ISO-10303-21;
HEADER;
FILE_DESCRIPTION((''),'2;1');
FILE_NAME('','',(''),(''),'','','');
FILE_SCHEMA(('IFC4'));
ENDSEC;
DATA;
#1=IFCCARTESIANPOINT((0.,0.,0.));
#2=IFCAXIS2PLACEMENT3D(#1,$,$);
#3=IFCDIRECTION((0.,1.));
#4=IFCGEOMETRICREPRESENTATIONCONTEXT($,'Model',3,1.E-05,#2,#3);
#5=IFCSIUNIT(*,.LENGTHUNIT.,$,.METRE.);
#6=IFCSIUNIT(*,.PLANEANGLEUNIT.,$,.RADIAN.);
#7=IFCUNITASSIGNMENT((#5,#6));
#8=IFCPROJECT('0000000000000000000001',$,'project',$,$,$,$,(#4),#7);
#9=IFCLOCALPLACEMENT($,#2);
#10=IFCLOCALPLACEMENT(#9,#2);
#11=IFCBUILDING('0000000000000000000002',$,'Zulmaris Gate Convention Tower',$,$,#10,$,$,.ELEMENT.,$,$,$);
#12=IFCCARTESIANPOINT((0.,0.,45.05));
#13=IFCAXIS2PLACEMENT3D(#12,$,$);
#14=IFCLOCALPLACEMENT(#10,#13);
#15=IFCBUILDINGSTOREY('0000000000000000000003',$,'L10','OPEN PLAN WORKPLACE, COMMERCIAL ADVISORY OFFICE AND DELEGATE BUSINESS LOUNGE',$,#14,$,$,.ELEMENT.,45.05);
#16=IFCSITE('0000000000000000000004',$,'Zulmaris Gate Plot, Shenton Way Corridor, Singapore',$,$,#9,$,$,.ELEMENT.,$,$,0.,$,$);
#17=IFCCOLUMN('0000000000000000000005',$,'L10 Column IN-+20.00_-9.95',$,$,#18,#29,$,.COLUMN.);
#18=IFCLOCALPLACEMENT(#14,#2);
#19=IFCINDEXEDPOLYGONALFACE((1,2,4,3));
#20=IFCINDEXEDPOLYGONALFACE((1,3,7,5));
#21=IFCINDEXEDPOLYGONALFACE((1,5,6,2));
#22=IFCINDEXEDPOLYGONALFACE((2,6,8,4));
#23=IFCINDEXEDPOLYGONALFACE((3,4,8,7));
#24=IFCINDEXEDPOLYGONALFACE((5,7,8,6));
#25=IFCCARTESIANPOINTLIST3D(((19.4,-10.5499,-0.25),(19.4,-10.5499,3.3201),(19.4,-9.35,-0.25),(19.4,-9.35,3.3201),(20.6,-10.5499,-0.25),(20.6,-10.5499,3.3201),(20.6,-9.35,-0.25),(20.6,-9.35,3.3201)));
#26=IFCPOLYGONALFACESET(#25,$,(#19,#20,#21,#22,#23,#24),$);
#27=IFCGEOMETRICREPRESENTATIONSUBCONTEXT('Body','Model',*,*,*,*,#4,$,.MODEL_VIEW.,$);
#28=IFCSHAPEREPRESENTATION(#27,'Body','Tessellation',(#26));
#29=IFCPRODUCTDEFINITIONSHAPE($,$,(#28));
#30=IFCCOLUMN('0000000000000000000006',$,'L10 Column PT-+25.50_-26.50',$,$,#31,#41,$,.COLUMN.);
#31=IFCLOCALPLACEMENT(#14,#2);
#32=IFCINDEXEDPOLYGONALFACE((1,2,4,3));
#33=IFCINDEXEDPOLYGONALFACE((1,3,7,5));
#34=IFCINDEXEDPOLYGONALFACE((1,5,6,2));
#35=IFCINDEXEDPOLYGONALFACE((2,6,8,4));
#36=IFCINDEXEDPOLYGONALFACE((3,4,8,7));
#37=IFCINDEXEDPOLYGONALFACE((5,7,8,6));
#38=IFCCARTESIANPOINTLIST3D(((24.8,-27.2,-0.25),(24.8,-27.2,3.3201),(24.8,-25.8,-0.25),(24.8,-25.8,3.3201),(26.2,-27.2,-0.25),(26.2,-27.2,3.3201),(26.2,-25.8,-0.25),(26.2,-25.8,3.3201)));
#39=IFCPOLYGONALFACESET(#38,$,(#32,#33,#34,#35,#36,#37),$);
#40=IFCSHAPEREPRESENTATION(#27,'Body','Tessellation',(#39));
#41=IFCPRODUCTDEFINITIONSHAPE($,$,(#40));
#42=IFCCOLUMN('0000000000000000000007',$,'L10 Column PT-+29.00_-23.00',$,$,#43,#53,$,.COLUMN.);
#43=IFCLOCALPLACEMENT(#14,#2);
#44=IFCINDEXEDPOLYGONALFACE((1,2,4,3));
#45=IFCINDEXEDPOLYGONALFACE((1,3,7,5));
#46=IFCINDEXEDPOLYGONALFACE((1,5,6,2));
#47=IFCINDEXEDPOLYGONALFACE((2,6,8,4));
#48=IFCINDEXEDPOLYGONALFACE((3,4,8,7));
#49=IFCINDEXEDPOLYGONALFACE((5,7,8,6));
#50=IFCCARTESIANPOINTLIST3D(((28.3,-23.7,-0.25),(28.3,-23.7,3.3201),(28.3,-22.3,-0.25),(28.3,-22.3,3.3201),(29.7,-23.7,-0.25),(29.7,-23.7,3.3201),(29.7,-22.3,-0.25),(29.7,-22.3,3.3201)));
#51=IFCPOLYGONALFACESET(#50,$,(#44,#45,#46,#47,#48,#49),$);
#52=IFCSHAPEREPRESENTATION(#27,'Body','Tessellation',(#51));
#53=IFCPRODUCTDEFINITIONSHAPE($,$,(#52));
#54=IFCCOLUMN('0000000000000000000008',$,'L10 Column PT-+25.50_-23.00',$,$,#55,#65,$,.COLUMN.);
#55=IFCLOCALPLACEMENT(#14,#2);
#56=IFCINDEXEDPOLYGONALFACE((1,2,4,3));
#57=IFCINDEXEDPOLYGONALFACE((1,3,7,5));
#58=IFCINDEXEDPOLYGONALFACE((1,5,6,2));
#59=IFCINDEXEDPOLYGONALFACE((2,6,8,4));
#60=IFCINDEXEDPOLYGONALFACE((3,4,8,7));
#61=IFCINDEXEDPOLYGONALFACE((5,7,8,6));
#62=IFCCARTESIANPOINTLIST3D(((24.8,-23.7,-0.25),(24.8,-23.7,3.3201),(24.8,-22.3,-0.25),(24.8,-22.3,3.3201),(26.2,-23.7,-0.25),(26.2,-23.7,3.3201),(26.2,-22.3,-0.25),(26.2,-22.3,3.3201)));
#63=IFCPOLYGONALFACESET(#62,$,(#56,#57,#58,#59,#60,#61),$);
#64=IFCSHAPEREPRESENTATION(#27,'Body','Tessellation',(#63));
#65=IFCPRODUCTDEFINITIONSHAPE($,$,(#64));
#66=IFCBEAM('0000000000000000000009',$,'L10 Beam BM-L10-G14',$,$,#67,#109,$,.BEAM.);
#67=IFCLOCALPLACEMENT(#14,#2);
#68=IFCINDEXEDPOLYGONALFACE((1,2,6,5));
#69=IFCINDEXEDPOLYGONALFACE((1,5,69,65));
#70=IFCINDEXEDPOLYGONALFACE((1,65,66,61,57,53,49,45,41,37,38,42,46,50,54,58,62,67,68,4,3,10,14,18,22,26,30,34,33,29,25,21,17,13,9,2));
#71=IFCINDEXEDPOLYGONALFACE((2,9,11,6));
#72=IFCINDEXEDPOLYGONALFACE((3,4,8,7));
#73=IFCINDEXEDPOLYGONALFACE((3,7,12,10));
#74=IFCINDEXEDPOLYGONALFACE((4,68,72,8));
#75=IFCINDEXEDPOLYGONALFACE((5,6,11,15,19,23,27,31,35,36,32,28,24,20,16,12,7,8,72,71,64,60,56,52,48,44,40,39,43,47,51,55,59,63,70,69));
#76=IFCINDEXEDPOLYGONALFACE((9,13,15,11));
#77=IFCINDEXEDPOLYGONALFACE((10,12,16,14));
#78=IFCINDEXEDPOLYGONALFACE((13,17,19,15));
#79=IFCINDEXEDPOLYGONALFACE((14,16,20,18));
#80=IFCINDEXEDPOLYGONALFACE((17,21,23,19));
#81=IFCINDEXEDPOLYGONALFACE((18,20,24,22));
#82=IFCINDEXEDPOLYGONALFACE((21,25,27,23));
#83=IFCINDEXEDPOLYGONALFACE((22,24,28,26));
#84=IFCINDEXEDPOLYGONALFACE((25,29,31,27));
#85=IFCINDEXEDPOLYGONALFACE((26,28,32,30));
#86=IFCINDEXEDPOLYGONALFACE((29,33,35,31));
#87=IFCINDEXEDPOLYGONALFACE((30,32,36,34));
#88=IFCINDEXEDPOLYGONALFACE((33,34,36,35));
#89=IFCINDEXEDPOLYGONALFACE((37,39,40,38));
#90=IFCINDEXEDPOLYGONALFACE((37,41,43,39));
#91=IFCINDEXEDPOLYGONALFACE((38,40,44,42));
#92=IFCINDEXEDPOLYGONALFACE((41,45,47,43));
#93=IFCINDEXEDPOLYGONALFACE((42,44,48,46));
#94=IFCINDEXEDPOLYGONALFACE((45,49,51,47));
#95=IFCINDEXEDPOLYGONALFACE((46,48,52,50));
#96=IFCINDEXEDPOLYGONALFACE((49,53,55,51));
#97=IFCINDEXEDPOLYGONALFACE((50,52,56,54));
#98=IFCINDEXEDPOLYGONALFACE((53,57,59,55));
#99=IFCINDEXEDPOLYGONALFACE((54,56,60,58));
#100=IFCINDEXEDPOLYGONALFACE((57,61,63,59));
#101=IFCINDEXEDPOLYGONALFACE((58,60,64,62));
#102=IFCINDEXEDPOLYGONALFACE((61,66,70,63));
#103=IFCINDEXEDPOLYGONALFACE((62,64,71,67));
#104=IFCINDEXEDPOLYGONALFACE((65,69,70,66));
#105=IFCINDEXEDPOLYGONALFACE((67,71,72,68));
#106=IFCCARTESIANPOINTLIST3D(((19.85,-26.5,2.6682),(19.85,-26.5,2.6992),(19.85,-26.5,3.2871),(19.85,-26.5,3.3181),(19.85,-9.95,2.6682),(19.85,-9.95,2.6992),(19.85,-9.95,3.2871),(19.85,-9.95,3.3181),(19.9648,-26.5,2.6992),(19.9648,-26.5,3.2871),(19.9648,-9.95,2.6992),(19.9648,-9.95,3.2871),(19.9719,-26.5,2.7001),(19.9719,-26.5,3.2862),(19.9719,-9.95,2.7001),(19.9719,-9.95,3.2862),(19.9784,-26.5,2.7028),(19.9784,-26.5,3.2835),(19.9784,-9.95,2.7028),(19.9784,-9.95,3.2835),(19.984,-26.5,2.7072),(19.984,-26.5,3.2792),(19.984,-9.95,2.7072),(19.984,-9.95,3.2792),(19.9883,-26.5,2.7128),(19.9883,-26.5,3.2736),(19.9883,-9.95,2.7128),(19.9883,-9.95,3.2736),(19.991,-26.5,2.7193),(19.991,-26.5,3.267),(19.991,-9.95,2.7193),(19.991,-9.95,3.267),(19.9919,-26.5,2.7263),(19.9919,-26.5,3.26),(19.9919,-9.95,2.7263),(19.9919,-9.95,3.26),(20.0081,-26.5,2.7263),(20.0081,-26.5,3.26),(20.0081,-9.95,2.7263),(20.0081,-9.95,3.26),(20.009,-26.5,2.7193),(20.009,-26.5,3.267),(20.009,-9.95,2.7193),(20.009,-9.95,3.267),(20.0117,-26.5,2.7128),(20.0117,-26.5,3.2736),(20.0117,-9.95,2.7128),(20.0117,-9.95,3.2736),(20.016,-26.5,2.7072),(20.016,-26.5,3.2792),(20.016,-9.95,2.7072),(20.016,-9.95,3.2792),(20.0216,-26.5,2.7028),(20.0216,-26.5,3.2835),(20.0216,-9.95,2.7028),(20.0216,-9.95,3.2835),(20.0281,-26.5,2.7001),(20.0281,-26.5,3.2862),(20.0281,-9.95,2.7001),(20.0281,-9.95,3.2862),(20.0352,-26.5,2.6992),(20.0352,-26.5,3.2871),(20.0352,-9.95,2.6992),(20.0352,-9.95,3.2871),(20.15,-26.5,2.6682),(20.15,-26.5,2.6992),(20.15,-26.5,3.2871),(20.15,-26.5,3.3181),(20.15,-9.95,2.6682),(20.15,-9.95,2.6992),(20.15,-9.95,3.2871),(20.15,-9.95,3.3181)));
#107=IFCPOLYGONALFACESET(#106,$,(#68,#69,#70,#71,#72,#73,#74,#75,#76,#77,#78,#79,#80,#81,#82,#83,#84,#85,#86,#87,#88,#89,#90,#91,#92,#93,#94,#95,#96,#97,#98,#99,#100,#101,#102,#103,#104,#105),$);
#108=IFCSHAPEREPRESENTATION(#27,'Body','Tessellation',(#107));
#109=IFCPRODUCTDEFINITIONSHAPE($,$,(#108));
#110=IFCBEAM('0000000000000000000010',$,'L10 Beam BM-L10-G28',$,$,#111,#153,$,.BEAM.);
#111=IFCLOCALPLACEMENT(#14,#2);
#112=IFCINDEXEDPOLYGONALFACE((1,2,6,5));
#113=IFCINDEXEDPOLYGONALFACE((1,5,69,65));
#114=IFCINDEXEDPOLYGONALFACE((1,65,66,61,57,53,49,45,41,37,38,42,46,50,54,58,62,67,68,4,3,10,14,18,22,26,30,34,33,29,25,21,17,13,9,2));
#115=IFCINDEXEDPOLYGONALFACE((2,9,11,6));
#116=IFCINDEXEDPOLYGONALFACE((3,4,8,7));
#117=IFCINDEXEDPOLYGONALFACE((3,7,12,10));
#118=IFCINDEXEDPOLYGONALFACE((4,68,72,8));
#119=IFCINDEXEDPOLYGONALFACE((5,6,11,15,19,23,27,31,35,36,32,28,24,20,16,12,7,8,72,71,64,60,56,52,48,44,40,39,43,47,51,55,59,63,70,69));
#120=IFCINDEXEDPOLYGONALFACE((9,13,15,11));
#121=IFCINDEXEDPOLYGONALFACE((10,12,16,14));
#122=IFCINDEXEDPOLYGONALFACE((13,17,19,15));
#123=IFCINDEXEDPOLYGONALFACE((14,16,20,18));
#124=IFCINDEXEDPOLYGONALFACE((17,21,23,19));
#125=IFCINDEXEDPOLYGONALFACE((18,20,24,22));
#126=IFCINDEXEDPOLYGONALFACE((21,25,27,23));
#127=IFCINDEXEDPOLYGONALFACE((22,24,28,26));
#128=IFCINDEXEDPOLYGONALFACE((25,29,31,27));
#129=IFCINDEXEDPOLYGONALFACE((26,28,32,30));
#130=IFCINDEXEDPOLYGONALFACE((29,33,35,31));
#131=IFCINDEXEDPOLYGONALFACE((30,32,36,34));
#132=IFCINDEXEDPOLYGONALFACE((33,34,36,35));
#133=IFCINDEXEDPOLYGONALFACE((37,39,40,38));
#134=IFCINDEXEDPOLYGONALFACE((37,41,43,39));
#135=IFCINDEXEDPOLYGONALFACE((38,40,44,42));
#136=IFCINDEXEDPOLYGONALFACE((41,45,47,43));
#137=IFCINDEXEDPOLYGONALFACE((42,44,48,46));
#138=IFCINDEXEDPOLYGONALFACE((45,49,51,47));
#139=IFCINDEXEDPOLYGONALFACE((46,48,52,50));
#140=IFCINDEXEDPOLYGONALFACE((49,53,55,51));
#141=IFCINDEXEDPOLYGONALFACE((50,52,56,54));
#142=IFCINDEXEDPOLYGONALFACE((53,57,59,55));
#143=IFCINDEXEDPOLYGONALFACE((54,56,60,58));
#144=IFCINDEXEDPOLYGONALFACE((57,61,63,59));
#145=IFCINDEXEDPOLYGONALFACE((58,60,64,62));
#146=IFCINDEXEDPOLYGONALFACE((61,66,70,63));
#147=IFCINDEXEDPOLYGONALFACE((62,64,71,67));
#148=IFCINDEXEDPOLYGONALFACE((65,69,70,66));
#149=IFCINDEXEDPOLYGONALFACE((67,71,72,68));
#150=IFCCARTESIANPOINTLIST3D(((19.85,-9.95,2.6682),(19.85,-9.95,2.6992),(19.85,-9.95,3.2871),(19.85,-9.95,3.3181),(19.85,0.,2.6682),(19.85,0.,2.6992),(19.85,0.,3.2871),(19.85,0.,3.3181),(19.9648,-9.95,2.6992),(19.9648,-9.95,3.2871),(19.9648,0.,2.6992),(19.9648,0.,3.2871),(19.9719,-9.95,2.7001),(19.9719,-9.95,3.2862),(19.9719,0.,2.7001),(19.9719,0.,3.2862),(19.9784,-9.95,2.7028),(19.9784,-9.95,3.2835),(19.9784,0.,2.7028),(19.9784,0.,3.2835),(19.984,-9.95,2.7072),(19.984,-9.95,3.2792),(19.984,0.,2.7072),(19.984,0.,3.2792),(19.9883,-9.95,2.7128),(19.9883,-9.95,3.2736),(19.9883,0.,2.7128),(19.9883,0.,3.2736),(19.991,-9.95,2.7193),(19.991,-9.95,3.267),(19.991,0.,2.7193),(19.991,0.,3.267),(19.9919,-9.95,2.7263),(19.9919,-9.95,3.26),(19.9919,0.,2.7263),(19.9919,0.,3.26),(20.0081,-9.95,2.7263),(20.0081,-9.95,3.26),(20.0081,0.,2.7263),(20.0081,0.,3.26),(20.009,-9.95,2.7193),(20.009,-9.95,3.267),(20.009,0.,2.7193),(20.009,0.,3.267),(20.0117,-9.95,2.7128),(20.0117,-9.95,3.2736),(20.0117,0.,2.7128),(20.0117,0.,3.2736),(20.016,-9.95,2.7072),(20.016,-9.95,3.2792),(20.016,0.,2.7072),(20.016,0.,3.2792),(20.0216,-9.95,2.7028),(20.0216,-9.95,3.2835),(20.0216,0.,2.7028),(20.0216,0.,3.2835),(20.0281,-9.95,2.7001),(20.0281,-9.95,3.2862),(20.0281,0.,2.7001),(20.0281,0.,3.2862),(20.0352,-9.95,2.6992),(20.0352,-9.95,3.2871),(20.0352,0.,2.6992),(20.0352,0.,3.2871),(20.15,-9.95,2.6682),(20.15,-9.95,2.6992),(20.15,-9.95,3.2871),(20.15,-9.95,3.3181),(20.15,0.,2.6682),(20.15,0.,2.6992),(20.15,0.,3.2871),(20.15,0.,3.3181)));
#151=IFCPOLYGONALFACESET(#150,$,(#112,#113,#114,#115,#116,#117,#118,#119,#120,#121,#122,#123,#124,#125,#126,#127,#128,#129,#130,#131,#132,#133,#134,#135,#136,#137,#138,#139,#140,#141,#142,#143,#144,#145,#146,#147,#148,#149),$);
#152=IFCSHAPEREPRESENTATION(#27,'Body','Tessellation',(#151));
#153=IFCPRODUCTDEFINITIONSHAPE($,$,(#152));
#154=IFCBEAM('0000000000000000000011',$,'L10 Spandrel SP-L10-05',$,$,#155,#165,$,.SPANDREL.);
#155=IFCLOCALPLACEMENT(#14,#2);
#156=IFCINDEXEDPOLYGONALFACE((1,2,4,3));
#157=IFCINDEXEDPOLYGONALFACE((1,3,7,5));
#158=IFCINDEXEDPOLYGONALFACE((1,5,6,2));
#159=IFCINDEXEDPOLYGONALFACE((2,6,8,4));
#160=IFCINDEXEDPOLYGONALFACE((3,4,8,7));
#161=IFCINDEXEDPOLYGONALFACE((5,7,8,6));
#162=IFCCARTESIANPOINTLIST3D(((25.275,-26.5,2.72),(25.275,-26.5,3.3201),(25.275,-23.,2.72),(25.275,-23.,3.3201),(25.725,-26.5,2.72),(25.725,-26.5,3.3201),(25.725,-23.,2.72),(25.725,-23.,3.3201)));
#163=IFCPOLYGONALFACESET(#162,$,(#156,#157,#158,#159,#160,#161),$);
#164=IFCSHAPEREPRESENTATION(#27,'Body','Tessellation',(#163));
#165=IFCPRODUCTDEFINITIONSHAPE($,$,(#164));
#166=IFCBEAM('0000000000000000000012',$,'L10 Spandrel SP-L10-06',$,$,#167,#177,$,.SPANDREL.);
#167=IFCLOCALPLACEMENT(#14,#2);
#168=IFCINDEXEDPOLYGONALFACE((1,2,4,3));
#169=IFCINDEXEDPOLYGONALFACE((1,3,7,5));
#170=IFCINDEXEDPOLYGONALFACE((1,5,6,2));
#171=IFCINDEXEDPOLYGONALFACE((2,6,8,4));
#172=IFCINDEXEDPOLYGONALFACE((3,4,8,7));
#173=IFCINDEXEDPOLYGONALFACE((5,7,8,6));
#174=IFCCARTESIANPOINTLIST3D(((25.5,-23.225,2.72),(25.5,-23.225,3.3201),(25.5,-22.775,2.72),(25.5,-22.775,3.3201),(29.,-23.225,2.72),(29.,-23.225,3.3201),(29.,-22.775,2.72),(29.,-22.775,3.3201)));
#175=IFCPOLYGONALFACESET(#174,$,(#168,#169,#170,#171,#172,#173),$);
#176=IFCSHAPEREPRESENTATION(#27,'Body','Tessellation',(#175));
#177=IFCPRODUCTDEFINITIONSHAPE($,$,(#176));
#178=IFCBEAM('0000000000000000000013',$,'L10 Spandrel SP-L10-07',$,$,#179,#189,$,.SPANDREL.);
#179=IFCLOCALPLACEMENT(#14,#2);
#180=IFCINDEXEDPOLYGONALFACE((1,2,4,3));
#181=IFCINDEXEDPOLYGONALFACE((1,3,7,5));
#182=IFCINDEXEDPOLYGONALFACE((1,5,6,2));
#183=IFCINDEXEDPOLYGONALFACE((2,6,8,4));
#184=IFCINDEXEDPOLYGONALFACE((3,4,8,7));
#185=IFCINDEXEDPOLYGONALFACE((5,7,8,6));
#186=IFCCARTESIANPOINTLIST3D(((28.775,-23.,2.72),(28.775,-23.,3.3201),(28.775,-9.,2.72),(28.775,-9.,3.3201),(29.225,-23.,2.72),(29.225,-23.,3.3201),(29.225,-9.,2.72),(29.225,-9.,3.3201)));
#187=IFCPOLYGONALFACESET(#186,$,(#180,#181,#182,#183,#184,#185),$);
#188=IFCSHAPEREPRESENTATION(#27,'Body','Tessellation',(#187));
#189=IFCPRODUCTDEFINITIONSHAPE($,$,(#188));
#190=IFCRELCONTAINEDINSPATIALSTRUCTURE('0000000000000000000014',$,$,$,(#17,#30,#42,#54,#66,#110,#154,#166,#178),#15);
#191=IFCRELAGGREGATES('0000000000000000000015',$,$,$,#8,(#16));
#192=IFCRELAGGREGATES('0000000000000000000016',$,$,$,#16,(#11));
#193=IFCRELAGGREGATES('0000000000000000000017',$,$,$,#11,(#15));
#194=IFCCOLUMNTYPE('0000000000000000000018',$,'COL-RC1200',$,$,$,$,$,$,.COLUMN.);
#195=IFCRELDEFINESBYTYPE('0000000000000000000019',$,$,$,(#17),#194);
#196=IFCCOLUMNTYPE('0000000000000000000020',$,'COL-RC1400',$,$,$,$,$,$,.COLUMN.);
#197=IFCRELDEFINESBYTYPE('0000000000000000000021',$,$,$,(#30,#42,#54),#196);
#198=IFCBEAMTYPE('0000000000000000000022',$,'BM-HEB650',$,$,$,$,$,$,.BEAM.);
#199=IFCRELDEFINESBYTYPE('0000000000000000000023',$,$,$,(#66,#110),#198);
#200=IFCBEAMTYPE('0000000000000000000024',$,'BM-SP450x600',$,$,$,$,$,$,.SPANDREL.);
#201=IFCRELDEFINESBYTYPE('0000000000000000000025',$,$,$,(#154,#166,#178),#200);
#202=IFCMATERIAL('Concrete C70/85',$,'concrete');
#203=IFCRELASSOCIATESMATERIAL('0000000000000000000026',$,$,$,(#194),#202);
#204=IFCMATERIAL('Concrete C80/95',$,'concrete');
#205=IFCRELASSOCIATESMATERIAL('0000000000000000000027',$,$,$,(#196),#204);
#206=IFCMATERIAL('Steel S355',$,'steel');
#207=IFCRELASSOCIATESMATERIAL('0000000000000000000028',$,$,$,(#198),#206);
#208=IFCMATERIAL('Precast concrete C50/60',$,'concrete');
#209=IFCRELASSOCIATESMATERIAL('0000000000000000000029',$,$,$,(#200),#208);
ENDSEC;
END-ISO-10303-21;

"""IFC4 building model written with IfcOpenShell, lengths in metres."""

from ifc_helpers import new_model, si_unit, direction, frame, origin, origin_2d, place, context, subcontext, project, spatial, rectangle, i_section, extrude, material, material_profile, profile_set, type_object, element, save


model = new_model("IFC4")

# Units and contexts
model_context = context("Model", 3, precision=1e-05, world=origin(), true_north=direction((0.0, 1.0)))
body_context = subcontext(model_context, "Body", "Model", "MODEL_VIEW")
ifc_project = project(units=[si_unit("LENGTHUNIT", "METRE"), si_unit("PLANEANGLEUNIT", "RADIAN")], contexts=[model_context])

# Site, building, storey
site_placement = place(None, origin())
site = spatial("IfcSite", under=ifc_project, at=site_placement, Name="Zulmaris Gate Plot, Shenton Way Corridor, Singapore", CompositionType="ELEMENT", RefElevation=0.0)
building_placement = place(site_placement, origin())
building = spatial("IfcBuilding", under=site, at=building_placement, Name="Zulmaris Gate Convention Tower", CompositionType="ELEMENT")
storey_placement = place(building_placement, frame((0.0, 0.0, 45.05)))
storey = spatial("IfcBuildingStorey", under=building, at=storey_placement, Name="L10", Description="OPEN PLAN WORKPLACE, COMMERCIAL ADVISORY OFFICE AND DELEGATE BUSINESS LOUNGE", CompositionType="ELEMENT", Elevation=45.05)

# Columns
ifc_material_1 = material(Name="Concrete C70/85", Category="concrete")
ifc_material_profile_1 = material_profile(ifc_material_1, rectangle(XDim=1.2, YDim=1.2, at=origin_2d()), Name="RC COL 1200x1200")
ifc_profile_set_1 = profile_set([ifc_material_profile_1], Name="Concrete C70/85")
column_type_1 = type_object("IfcColumnType", Name="COL-RC1200", PredefinedType="COLUMN", material=ifc_profile_set_1)
column_placement = place(storey_placement, frame((20.0, -9.95, -0.25), z_axis=(0.0, 0.0, 1.0), x_axis=(1.0, 0.0, 0.0)))
element("IfcColumn", 1, at=column_placement, inside=storey, type_object=column_type_1, Name="L10 Column IN-+20.00_-9.95", PredefinedType="COLUMN", context=body_context, shape_type="SweptSolid", body=[
    extrude(rectangle(XDim=1.2, YDim=1.2, at=origin_2d()), origin(), (0.0, 0.0, 1.0), 3.5701),
])
ifc_material_2 = material(Name="Concrete C80/95", Category="concrete")
ifc_material_profile_2 = material_profile(ifc_material_2, rectangle(XDim=1.3999, YDim=1.3999, at=origin_2d()), Name="RC COL 1400x1400")
ifc_profile_set_2 = profile_set([ifc_material_profile_2], Name="Concrete C80/95")
column_type_2 = type_object("IfcColumnType", Name="COL-RC1400", PredefinedType="COLUMN", material=ifc_profile_set_2)
for number, where, z_axis, x_axis, name in (
    (2, (25.5, -26.5, -0.25), (0.0, 0.0, 1.0), (1.0, 0.0, 0.0), "L10 Column PT-+25.50_-26.50"),
    (3, (29.0, -23.0, -0.25), (0.0, 0.0, 1.0), (1.0, 0.0, 0.0), "L10 Column PT-+29.00_-23.00"),
    (4, (25.5, -23.0, -0.25), (0.0, 0.0, 1.0), (1.0, 0.0, 0.0), "L10 Column PT-+25.50_-23.00"),
):
    element("IfcColumn", number, at=place(storey_placement, frame(where, z_axis=z_axis, x_axis=x_axis)), inside=storey, type_object=column_type_2, Name=name, PredefinedType="COLUMN", context=body_context, shape_type="SweptSolid", body=[
        extrude(rectangle(XDim=1.3999, YDim=1.3999, at=origin_2d()), origin(), (0.0, 0.0, 1.0), 3.5701),
    ])

# Beams
ifc_material_3 = material(Name="Steel S355", Category="steel")
ifc_material_profile_3 = material_profile(ifc_material_3, i_section(OverallWidth=0.3, OverallDepth=0.6499, WebThickness=0.0161, FlangeThickness=0.031, FilletRadius=0.0271, at=origin_2d()), Name="HEB 650")
ifc_profile_set_3 = profile_set([ifc_material_profile_3], Name="Steel S355")
beam_type_1 = type_object("IfcBeamType", Name="BM-HEB650", PredefinedType="BEAM", material=ifc_profile_set_3)
beam_1_placement = place(storey_placement, frame((20.0, -26.5, 2.9932), z_axis=(0.0, 1.0, 0.0), x_axis=(-1.0, 0.0, 0.0)))
element("IfcBeam", 5, at=beam_1_placement, inside=storey, type_object=beam_type_1, Name="L10 Beam BM-L10-G14", PredefinedType="BEAM", context=body_context, shape_type="SweptSolid", body=[
    extrude(i_section(OverallWidth=0.3, OverallDepth=0.6499, WebThickness=0.0161, FlangeThickness=0.031, FilletRadius=0.0271, at=origin_2d()), origin(), (0.0, 0.0, 1.0), 16.55),
])
beam_2_placement = place(storey_placement, frame((20.0, -9.95, 2.9932), z_axis=(0.0, 1.0, 0.0), x_axis=(-1.0, 0.0, 0.0)))
element("IfcBeam", 6, at=beam_2_placement, inside=storey, type_object=beam_type_1, Name="L10 Beam BM-L10-G28", PredefinedType="BEAM", context=body_context, shape_type="SweptSolid", body=[
    extrude(i_section(OverallWidth=0.3, OverallDepth=0.6499, WebThickness=0.0161, FlangeThickness=0.031, FilletRadius=0.0271, at=origin_2d()), origin(), (0.0, 0.0, 1.0), 9.95),
])
ifc_material_4 = material(Name="Precast concrete C50/60", Category="concrete")
ifc_material_profile_4 = material_profile(ifc_material_4, rectangle(XDim=0.45, YDim=0.6001, at=origin_2d()), Name="RC SPANDREL 450x600")
ifc_profile_set_4 = profile_set([ifc_material_profile_4], Name="Precast concrete C50/60")
beam_type_2 = type_object("IfcBeamType", Name="BM-SP450x600", PredefinedType="SPANDREL", material=ifc_profile_set_4)
for number, where, z_axis, x_axis, name in (
    (7, (25.5, -26.5, 3.02), (0.0, 1.0, 0.0), (-1.0, 0.0, 0.0), "L10 Spandrel SP-L10-05"),
    (8, (25.5, -23.0, 3.02), (1.0, 0.0, 0.0), (0.0, 1.0, 0.0), "L10 Spandrel SP-L10-06"),
):
    element("IfcBeam", number, at=place(storey_placement, frame(where, z_axis=z_axis, x_axis=x_axis)), inside=storey, type_object=beam_type_2, Name=name, PredefinedType="SPANDREL", context=body_context, shape_type="SweptSolid", body=[
        extrude(rectangle(XDim=0.45, YDim=0.6001, at=origin_2d()), origin(), (0.0, 0.0, 1.0), 3.5),
    ])
beam_3_placement = place(storey_placement, frame((29.0, -23.0, 3.02), z_axis=(0.0, 1.0, 0.0), x_axis=(-1.0, 0.0, 0.0)))
element("IfcBeam", 9, at=beam_3_placement, inside=storey, type_object=beam_type_2, Name="L10 Spandrel SP-L10-07", PredefinedType="SPANDREL", context=body_context, shape_type="SweptSolid", body=[
    extrude(rectangle(XDim=0.45, YDim=0.6001, at=origin_2d()), origin(), (0.0, 0.0, 1.0), 14.0),
])

save(model, "model.ifc")
